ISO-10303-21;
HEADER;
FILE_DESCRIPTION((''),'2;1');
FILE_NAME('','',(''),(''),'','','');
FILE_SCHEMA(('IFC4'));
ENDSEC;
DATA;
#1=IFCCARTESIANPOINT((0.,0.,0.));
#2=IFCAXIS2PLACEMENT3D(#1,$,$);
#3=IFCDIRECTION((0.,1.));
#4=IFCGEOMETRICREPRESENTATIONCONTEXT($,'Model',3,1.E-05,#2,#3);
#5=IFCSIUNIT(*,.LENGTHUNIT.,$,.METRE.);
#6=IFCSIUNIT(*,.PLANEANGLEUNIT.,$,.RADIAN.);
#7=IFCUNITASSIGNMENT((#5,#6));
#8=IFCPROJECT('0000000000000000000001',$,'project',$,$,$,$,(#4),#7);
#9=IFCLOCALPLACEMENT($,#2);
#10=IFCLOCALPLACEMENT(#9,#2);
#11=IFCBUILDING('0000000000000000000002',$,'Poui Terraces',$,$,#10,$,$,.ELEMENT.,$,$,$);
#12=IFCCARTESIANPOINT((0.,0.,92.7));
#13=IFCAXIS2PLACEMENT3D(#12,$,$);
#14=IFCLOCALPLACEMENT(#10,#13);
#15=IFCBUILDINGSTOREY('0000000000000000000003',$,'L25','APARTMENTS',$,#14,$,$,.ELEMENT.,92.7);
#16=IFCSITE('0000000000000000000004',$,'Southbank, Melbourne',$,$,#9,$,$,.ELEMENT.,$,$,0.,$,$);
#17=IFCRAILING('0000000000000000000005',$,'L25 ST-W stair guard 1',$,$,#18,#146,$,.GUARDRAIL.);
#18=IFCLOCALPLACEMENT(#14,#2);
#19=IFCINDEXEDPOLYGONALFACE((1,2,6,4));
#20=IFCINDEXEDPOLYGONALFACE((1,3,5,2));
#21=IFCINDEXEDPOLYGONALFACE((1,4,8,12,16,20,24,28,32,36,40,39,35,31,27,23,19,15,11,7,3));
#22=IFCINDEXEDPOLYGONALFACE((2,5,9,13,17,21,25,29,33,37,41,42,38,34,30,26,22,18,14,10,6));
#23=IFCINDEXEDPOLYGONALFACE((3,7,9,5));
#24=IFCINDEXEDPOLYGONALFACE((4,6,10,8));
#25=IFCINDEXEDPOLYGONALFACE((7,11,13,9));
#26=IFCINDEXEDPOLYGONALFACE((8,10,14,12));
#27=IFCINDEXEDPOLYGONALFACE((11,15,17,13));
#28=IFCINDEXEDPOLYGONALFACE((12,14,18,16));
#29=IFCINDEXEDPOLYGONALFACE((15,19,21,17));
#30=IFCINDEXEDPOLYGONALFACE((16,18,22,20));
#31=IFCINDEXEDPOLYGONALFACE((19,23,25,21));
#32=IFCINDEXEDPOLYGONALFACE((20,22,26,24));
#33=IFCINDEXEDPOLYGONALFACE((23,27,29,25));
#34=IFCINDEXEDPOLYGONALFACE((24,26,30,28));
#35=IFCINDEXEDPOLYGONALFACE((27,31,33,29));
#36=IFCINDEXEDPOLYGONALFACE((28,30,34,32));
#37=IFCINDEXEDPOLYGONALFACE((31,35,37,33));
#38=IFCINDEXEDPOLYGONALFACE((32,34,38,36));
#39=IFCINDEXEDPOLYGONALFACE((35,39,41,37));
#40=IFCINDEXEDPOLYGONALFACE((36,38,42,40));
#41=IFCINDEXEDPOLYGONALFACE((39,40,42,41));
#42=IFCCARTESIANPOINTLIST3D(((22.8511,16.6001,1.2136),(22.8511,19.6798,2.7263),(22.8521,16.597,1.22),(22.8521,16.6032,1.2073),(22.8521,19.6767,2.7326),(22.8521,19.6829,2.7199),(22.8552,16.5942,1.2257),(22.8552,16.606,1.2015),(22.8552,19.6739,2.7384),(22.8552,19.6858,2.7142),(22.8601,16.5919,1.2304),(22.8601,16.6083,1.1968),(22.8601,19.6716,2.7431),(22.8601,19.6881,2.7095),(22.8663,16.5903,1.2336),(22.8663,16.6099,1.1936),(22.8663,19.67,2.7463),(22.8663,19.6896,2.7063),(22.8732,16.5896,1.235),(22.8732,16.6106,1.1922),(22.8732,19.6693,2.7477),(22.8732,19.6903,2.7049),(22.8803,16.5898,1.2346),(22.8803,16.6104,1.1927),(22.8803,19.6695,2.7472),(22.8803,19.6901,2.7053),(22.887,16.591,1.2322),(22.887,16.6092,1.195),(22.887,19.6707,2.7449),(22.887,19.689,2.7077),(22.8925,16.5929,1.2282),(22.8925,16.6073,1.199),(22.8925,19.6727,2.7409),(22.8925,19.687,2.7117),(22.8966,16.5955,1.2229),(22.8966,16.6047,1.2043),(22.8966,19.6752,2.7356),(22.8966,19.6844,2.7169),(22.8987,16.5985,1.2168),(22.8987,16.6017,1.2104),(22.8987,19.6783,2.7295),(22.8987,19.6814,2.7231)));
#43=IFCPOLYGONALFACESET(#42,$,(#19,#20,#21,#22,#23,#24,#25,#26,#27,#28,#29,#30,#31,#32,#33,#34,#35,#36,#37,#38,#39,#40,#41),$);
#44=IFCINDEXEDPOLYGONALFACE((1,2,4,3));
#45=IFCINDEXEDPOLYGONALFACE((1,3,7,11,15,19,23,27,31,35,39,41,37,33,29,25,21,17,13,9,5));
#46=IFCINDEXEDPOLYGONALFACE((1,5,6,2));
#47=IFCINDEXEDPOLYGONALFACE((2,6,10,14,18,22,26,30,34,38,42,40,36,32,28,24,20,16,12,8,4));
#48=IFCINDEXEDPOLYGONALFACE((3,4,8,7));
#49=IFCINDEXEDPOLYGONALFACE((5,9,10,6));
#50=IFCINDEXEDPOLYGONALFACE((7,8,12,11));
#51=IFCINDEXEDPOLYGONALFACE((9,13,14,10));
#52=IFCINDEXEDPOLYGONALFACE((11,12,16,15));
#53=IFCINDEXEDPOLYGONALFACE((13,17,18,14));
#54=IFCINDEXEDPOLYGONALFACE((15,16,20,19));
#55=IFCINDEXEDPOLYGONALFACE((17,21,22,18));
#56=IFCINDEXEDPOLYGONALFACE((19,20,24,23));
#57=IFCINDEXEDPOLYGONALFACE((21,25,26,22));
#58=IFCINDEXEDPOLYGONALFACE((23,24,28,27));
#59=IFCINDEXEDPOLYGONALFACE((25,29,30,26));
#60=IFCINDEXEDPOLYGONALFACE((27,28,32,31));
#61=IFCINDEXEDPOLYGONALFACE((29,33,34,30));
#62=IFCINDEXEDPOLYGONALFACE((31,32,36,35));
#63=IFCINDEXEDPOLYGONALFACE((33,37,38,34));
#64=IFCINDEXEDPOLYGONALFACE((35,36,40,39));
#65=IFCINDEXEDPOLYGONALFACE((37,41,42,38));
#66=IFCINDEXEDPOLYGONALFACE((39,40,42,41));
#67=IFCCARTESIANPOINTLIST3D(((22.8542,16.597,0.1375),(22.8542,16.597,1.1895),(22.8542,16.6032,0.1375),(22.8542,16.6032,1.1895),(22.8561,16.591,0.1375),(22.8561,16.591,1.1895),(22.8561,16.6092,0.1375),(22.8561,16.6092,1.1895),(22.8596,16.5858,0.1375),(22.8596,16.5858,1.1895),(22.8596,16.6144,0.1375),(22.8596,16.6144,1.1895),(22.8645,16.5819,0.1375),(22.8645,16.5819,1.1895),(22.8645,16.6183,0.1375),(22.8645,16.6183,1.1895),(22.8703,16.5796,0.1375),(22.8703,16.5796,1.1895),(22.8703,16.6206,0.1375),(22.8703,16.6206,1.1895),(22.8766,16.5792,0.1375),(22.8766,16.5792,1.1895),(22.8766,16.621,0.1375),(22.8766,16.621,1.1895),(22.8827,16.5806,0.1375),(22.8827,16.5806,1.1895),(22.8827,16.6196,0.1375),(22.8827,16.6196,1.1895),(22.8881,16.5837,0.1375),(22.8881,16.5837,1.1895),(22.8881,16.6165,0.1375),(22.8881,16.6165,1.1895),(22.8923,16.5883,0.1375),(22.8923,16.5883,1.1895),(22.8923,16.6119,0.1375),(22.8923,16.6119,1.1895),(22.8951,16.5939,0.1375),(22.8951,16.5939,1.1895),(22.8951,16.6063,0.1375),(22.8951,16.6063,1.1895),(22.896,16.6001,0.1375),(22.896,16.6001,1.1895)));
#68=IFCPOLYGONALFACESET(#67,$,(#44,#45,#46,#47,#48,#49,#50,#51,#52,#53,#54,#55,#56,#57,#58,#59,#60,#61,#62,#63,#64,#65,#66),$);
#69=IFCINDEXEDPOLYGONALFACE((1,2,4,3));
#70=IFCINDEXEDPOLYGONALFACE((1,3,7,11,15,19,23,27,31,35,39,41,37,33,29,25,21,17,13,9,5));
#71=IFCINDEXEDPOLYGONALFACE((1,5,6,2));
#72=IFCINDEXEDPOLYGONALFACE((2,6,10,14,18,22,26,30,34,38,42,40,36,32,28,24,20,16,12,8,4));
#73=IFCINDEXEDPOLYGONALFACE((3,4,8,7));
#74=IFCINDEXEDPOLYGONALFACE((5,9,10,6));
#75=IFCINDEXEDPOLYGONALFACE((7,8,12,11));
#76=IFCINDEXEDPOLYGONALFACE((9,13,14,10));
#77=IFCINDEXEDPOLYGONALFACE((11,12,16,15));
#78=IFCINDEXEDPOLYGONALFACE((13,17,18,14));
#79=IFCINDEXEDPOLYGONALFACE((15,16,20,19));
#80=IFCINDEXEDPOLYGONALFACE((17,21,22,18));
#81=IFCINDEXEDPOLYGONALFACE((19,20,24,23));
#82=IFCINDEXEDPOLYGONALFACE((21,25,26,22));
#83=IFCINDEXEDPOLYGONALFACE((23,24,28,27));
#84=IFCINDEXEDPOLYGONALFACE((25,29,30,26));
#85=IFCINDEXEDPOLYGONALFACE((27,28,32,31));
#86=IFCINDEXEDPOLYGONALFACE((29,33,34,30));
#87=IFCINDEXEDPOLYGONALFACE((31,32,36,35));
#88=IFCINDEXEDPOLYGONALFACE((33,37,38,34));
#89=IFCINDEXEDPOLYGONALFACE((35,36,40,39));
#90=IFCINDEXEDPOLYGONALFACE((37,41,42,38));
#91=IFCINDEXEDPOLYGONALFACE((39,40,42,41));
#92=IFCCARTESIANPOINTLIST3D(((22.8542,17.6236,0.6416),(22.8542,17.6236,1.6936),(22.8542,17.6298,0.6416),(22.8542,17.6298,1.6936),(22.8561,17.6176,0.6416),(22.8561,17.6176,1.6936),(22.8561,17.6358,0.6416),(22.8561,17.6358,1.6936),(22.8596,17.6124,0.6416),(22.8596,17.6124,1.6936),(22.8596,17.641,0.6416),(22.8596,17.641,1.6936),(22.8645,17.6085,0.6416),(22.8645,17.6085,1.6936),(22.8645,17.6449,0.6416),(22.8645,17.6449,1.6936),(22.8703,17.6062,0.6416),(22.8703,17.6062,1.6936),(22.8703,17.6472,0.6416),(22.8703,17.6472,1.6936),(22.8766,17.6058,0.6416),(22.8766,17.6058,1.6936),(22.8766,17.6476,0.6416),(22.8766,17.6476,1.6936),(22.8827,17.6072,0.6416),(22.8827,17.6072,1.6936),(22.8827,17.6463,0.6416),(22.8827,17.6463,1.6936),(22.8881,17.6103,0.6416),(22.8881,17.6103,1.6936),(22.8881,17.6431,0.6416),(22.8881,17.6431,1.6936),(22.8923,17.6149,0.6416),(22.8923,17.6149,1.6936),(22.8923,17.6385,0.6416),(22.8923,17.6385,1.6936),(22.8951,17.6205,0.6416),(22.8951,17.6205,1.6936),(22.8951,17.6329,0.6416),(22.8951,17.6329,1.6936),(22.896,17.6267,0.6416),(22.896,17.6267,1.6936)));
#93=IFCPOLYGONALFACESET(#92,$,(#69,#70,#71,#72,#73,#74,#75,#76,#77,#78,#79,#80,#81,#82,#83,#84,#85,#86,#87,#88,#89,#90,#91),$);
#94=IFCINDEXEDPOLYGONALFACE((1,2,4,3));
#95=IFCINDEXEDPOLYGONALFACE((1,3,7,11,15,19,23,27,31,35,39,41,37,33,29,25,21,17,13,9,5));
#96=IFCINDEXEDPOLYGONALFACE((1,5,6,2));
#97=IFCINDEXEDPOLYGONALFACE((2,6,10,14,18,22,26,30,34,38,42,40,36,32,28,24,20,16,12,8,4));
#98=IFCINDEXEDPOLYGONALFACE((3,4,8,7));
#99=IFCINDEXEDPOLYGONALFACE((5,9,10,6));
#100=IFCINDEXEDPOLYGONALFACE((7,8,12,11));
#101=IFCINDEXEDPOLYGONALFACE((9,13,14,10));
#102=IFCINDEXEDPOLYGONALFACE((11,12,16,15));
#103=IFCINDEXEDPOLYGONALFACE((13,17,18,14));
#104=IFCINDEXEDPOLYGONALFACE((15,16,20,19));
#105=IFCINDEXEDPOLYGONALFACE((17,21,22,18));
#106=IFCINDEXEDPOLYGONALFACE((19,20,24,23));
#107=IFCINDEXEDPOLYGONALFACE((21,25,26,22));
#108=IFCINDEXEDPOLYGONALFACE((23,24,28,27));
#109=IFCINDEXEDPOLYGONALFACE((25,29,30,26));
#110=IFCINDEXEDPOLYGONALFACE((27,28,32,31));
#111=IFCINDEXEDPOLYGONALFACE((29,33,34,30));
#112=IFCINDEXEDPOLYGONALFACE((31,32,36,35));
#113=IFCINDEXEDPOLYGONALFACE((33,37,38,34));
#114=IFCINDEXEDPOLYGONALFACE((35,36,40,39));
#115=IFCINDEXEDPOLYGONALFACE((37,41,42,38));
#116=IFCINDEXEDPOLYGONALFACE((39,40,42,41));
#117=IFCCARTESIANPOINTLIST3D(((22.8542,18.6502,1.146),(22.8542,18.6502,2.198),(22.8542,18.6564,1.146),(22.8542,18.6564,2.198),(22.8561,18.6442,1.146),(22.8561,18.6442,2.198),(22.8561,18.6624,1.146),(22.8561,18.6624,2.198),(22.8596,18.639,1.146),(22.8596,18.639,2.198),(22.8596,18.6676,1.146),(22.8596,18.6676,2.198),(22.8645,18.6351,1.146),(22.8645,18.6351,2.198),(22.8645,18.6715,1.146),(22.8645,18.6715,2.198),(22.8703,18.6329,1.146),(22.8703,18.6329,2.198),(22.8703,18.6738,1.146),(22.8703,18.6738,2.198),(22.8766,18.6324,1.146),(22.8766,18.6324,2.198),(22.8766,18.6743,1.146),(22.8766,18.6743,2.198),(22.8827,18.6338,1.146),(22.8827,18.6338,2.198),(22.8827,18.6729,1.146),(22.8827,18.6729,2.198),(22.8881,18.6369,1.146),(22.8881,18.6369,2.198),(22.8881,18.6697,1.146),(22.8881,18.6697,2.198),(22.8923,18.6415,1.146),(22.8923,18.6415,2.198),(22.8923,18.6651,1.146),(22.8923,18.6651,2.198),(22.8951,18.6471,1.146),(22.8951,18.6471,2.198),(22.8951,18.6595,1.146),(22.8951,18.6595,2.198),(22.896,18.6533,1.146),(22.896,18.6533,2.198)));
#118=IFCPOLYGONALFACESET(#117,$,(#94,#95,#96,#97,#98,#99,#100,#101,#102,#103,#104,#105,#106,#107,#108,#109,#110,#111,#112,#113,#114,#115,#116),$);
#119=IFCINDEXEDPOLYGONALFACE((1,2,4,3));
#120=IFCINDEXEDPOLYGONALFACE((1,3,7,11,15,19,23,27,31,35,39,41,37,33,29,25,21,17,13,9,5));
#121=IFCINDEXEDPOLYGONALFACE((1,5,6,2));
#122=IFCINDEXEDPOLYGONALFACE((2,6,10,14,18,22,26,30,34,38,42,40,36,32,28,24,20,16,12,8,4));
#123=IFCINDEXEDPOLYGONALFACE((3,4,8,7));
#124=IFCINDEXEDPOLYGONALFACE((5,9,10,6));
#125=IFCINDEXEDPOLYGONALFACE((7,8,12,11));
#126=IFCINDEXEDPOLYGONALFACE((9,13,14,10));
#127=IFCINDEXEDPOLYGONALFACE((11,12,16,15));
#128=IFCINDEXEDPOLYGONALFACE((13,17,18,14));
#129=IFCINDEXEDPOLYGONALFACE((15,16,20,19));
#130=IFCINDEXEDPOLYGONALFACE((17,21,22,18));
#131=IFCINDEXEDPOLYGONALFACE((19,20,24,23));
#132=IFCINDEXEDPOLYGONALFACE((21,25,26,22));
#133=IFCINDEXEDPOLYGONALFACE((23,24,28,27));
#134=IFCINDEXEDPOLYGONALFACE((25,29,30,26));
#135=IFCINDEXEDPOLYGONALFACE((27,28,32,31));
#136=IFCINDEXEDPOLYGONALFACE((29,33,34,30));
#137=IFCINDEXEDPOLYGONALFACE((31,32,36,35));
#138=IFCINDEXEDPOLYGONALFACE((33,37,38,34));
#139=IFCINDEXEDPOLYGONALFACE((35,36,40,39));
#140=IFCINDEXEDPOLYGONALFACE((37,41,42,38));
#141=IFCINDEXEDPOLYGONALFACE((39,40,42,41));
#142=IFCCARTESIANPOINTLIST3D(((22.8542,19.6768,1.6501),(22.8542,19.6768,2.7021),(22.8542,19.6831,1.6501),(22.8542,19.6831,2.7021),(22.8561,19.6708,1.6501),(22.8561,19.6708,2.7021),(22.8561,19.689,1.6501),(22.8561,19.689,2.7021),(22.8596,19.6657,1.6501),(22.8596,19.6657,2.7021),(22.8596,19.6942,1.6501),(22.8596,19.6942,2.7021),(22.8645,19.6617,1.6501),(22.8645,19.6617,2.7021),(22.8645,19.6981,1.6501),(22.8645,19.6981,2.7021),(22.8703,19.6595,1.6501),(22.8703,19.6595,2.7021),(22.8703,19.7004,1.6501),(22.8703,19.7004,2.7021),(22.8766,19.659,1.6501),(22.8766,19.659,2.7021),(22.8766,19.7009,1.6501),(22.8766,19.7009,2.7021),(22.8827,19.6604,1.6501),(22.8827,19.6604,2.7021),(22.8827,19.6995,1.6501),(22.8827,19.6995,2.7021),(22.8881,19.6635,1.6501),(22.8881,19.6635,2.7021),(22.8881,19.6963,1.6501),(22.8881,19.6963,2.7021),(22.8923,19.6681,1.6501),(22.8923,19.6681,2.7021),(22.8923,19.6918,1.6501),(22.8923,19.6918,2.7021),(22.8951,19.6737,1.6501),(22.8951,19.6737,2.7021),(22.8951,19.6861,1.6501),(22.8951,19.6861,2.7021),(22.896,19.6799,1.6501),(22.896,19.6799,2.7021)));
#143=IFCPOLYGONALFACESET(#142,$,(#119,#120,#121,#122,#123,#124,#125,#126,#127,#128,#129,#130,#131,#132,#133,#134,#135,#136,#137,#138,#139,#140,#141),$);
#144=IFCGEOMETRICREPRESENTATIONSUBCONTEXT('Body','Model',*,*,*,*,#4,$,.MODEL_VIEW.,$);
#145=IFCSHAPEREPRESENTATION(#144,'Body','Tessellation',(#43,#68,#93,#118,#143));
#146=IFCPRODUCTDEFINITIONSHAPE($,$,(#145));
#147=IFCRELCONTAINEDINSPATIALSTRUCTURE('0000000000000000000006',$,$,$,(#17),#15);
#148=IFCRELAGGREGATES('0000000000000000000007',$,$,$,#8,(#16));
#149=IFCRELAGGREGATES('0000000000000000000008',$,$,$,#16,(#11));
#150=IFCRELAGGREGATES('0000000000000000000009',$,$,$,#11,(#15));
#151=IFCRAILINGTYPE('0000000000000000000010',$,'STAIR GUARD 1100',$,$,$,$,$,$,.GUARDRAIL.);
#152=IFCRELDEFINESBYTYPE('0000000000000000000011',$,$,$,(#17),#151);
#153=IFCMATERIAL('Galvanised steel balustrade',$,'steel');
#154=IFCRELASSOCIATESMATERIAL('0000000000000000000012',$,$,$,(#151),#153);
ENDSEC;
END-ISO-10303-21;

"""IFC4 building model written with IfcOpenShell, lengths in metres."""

from ifc_helpers import new_model, si_unit, direction, frame, origin, origin_2d, place, context, subcontext, project, spatial, circle, extrude, material, type_object, element, save


model = new_model("IFC4")

# Units and contexts
model_context = context("Model", 3, precision=1e-05, world=origin(), true_north=direction((0.0, 1.0)))
body_context = subcontext(model_context, "Body", "Model", "MODEL_VIEW")
ifc_project = project(units=[si_unit("LENGTHUNIT", "METRE"), si_unit("PLANEANGLEUNIT", "RADIAN")], contexts=[model_context])

# Site, building, storey
site_placement = place(None, origin())
site = spatial("IfcSite", under=ifc_project, at=site_placement, Name="Southbank, Melbourne", CompositionType="ELEMENT", RefElevation=0.0)
building_placement = place(site_placement, origin())
building = spatial("IfcBuilding", under=site, at=building_placement, Name="Poui Terraces", CompositionType="ELEMENT")
storey_placement = place(building_placement, frame((0.0, 0.0, 92.7)))
storey = spatial("IfcBuildingStorey", under=building, at=storey_placement, Name="L25", Description="APARTMENTS", CompositionType="ELEMENT", Elevation=92.7)

# Railing
ifc_material_1 = material(Name="Galvanised steel balustrade", Category="steel")
railing_type_1 = type_object("IfcRailingType", Name="STAIR GUARD 1100", PredefinedType="GUARDRAIL", material=ifc_material_1)
railing_1_placement = place(storey_placement, frame((22.875, 16.6001, 0.1375)))
element("IfcRailing", 1, at=railing_1_placement, inside=storey, type_object=railing_type_1, Name="L25 ST-W stair guard 1", PredefinedType="GUARDRAIL", context=body_context, shape_type="SweptSolid", body=[
    extrude(circle(Radius=0.0239, at=origin_2d()), frame((0.0, 0.0, 1.0762), z_axis=(0.0, 0.897578, 0.440856), x_axis=(-1.0, 0.0, 0.0)), (0.0, 0.0, 1.0), 3.4312),
    extrude(circle(Radius=0.021, at=origin_2d()), origin(), (0.0, 0.0, 1.0), 1.052),
    extrude(circle(Radius=0.021, at=origin_2d()), frame((0.0, 1.0266, 0.5042)), (0.0, 0.0, 1.0), 1.052),
    extrude(circle(Radius=0.021, at=origin_2d()), frame((0.0, 2.0532, 1.0085)), (0.0, 0.0, 1.0), 1.052),
    extrude(circle(Radius=0.021, at=origin_2d()), frame((0.0, 3.0798, 1.5127)), (0.0, 0.0, 1.0), 1.052),
])

save(model, "model.ifc")
